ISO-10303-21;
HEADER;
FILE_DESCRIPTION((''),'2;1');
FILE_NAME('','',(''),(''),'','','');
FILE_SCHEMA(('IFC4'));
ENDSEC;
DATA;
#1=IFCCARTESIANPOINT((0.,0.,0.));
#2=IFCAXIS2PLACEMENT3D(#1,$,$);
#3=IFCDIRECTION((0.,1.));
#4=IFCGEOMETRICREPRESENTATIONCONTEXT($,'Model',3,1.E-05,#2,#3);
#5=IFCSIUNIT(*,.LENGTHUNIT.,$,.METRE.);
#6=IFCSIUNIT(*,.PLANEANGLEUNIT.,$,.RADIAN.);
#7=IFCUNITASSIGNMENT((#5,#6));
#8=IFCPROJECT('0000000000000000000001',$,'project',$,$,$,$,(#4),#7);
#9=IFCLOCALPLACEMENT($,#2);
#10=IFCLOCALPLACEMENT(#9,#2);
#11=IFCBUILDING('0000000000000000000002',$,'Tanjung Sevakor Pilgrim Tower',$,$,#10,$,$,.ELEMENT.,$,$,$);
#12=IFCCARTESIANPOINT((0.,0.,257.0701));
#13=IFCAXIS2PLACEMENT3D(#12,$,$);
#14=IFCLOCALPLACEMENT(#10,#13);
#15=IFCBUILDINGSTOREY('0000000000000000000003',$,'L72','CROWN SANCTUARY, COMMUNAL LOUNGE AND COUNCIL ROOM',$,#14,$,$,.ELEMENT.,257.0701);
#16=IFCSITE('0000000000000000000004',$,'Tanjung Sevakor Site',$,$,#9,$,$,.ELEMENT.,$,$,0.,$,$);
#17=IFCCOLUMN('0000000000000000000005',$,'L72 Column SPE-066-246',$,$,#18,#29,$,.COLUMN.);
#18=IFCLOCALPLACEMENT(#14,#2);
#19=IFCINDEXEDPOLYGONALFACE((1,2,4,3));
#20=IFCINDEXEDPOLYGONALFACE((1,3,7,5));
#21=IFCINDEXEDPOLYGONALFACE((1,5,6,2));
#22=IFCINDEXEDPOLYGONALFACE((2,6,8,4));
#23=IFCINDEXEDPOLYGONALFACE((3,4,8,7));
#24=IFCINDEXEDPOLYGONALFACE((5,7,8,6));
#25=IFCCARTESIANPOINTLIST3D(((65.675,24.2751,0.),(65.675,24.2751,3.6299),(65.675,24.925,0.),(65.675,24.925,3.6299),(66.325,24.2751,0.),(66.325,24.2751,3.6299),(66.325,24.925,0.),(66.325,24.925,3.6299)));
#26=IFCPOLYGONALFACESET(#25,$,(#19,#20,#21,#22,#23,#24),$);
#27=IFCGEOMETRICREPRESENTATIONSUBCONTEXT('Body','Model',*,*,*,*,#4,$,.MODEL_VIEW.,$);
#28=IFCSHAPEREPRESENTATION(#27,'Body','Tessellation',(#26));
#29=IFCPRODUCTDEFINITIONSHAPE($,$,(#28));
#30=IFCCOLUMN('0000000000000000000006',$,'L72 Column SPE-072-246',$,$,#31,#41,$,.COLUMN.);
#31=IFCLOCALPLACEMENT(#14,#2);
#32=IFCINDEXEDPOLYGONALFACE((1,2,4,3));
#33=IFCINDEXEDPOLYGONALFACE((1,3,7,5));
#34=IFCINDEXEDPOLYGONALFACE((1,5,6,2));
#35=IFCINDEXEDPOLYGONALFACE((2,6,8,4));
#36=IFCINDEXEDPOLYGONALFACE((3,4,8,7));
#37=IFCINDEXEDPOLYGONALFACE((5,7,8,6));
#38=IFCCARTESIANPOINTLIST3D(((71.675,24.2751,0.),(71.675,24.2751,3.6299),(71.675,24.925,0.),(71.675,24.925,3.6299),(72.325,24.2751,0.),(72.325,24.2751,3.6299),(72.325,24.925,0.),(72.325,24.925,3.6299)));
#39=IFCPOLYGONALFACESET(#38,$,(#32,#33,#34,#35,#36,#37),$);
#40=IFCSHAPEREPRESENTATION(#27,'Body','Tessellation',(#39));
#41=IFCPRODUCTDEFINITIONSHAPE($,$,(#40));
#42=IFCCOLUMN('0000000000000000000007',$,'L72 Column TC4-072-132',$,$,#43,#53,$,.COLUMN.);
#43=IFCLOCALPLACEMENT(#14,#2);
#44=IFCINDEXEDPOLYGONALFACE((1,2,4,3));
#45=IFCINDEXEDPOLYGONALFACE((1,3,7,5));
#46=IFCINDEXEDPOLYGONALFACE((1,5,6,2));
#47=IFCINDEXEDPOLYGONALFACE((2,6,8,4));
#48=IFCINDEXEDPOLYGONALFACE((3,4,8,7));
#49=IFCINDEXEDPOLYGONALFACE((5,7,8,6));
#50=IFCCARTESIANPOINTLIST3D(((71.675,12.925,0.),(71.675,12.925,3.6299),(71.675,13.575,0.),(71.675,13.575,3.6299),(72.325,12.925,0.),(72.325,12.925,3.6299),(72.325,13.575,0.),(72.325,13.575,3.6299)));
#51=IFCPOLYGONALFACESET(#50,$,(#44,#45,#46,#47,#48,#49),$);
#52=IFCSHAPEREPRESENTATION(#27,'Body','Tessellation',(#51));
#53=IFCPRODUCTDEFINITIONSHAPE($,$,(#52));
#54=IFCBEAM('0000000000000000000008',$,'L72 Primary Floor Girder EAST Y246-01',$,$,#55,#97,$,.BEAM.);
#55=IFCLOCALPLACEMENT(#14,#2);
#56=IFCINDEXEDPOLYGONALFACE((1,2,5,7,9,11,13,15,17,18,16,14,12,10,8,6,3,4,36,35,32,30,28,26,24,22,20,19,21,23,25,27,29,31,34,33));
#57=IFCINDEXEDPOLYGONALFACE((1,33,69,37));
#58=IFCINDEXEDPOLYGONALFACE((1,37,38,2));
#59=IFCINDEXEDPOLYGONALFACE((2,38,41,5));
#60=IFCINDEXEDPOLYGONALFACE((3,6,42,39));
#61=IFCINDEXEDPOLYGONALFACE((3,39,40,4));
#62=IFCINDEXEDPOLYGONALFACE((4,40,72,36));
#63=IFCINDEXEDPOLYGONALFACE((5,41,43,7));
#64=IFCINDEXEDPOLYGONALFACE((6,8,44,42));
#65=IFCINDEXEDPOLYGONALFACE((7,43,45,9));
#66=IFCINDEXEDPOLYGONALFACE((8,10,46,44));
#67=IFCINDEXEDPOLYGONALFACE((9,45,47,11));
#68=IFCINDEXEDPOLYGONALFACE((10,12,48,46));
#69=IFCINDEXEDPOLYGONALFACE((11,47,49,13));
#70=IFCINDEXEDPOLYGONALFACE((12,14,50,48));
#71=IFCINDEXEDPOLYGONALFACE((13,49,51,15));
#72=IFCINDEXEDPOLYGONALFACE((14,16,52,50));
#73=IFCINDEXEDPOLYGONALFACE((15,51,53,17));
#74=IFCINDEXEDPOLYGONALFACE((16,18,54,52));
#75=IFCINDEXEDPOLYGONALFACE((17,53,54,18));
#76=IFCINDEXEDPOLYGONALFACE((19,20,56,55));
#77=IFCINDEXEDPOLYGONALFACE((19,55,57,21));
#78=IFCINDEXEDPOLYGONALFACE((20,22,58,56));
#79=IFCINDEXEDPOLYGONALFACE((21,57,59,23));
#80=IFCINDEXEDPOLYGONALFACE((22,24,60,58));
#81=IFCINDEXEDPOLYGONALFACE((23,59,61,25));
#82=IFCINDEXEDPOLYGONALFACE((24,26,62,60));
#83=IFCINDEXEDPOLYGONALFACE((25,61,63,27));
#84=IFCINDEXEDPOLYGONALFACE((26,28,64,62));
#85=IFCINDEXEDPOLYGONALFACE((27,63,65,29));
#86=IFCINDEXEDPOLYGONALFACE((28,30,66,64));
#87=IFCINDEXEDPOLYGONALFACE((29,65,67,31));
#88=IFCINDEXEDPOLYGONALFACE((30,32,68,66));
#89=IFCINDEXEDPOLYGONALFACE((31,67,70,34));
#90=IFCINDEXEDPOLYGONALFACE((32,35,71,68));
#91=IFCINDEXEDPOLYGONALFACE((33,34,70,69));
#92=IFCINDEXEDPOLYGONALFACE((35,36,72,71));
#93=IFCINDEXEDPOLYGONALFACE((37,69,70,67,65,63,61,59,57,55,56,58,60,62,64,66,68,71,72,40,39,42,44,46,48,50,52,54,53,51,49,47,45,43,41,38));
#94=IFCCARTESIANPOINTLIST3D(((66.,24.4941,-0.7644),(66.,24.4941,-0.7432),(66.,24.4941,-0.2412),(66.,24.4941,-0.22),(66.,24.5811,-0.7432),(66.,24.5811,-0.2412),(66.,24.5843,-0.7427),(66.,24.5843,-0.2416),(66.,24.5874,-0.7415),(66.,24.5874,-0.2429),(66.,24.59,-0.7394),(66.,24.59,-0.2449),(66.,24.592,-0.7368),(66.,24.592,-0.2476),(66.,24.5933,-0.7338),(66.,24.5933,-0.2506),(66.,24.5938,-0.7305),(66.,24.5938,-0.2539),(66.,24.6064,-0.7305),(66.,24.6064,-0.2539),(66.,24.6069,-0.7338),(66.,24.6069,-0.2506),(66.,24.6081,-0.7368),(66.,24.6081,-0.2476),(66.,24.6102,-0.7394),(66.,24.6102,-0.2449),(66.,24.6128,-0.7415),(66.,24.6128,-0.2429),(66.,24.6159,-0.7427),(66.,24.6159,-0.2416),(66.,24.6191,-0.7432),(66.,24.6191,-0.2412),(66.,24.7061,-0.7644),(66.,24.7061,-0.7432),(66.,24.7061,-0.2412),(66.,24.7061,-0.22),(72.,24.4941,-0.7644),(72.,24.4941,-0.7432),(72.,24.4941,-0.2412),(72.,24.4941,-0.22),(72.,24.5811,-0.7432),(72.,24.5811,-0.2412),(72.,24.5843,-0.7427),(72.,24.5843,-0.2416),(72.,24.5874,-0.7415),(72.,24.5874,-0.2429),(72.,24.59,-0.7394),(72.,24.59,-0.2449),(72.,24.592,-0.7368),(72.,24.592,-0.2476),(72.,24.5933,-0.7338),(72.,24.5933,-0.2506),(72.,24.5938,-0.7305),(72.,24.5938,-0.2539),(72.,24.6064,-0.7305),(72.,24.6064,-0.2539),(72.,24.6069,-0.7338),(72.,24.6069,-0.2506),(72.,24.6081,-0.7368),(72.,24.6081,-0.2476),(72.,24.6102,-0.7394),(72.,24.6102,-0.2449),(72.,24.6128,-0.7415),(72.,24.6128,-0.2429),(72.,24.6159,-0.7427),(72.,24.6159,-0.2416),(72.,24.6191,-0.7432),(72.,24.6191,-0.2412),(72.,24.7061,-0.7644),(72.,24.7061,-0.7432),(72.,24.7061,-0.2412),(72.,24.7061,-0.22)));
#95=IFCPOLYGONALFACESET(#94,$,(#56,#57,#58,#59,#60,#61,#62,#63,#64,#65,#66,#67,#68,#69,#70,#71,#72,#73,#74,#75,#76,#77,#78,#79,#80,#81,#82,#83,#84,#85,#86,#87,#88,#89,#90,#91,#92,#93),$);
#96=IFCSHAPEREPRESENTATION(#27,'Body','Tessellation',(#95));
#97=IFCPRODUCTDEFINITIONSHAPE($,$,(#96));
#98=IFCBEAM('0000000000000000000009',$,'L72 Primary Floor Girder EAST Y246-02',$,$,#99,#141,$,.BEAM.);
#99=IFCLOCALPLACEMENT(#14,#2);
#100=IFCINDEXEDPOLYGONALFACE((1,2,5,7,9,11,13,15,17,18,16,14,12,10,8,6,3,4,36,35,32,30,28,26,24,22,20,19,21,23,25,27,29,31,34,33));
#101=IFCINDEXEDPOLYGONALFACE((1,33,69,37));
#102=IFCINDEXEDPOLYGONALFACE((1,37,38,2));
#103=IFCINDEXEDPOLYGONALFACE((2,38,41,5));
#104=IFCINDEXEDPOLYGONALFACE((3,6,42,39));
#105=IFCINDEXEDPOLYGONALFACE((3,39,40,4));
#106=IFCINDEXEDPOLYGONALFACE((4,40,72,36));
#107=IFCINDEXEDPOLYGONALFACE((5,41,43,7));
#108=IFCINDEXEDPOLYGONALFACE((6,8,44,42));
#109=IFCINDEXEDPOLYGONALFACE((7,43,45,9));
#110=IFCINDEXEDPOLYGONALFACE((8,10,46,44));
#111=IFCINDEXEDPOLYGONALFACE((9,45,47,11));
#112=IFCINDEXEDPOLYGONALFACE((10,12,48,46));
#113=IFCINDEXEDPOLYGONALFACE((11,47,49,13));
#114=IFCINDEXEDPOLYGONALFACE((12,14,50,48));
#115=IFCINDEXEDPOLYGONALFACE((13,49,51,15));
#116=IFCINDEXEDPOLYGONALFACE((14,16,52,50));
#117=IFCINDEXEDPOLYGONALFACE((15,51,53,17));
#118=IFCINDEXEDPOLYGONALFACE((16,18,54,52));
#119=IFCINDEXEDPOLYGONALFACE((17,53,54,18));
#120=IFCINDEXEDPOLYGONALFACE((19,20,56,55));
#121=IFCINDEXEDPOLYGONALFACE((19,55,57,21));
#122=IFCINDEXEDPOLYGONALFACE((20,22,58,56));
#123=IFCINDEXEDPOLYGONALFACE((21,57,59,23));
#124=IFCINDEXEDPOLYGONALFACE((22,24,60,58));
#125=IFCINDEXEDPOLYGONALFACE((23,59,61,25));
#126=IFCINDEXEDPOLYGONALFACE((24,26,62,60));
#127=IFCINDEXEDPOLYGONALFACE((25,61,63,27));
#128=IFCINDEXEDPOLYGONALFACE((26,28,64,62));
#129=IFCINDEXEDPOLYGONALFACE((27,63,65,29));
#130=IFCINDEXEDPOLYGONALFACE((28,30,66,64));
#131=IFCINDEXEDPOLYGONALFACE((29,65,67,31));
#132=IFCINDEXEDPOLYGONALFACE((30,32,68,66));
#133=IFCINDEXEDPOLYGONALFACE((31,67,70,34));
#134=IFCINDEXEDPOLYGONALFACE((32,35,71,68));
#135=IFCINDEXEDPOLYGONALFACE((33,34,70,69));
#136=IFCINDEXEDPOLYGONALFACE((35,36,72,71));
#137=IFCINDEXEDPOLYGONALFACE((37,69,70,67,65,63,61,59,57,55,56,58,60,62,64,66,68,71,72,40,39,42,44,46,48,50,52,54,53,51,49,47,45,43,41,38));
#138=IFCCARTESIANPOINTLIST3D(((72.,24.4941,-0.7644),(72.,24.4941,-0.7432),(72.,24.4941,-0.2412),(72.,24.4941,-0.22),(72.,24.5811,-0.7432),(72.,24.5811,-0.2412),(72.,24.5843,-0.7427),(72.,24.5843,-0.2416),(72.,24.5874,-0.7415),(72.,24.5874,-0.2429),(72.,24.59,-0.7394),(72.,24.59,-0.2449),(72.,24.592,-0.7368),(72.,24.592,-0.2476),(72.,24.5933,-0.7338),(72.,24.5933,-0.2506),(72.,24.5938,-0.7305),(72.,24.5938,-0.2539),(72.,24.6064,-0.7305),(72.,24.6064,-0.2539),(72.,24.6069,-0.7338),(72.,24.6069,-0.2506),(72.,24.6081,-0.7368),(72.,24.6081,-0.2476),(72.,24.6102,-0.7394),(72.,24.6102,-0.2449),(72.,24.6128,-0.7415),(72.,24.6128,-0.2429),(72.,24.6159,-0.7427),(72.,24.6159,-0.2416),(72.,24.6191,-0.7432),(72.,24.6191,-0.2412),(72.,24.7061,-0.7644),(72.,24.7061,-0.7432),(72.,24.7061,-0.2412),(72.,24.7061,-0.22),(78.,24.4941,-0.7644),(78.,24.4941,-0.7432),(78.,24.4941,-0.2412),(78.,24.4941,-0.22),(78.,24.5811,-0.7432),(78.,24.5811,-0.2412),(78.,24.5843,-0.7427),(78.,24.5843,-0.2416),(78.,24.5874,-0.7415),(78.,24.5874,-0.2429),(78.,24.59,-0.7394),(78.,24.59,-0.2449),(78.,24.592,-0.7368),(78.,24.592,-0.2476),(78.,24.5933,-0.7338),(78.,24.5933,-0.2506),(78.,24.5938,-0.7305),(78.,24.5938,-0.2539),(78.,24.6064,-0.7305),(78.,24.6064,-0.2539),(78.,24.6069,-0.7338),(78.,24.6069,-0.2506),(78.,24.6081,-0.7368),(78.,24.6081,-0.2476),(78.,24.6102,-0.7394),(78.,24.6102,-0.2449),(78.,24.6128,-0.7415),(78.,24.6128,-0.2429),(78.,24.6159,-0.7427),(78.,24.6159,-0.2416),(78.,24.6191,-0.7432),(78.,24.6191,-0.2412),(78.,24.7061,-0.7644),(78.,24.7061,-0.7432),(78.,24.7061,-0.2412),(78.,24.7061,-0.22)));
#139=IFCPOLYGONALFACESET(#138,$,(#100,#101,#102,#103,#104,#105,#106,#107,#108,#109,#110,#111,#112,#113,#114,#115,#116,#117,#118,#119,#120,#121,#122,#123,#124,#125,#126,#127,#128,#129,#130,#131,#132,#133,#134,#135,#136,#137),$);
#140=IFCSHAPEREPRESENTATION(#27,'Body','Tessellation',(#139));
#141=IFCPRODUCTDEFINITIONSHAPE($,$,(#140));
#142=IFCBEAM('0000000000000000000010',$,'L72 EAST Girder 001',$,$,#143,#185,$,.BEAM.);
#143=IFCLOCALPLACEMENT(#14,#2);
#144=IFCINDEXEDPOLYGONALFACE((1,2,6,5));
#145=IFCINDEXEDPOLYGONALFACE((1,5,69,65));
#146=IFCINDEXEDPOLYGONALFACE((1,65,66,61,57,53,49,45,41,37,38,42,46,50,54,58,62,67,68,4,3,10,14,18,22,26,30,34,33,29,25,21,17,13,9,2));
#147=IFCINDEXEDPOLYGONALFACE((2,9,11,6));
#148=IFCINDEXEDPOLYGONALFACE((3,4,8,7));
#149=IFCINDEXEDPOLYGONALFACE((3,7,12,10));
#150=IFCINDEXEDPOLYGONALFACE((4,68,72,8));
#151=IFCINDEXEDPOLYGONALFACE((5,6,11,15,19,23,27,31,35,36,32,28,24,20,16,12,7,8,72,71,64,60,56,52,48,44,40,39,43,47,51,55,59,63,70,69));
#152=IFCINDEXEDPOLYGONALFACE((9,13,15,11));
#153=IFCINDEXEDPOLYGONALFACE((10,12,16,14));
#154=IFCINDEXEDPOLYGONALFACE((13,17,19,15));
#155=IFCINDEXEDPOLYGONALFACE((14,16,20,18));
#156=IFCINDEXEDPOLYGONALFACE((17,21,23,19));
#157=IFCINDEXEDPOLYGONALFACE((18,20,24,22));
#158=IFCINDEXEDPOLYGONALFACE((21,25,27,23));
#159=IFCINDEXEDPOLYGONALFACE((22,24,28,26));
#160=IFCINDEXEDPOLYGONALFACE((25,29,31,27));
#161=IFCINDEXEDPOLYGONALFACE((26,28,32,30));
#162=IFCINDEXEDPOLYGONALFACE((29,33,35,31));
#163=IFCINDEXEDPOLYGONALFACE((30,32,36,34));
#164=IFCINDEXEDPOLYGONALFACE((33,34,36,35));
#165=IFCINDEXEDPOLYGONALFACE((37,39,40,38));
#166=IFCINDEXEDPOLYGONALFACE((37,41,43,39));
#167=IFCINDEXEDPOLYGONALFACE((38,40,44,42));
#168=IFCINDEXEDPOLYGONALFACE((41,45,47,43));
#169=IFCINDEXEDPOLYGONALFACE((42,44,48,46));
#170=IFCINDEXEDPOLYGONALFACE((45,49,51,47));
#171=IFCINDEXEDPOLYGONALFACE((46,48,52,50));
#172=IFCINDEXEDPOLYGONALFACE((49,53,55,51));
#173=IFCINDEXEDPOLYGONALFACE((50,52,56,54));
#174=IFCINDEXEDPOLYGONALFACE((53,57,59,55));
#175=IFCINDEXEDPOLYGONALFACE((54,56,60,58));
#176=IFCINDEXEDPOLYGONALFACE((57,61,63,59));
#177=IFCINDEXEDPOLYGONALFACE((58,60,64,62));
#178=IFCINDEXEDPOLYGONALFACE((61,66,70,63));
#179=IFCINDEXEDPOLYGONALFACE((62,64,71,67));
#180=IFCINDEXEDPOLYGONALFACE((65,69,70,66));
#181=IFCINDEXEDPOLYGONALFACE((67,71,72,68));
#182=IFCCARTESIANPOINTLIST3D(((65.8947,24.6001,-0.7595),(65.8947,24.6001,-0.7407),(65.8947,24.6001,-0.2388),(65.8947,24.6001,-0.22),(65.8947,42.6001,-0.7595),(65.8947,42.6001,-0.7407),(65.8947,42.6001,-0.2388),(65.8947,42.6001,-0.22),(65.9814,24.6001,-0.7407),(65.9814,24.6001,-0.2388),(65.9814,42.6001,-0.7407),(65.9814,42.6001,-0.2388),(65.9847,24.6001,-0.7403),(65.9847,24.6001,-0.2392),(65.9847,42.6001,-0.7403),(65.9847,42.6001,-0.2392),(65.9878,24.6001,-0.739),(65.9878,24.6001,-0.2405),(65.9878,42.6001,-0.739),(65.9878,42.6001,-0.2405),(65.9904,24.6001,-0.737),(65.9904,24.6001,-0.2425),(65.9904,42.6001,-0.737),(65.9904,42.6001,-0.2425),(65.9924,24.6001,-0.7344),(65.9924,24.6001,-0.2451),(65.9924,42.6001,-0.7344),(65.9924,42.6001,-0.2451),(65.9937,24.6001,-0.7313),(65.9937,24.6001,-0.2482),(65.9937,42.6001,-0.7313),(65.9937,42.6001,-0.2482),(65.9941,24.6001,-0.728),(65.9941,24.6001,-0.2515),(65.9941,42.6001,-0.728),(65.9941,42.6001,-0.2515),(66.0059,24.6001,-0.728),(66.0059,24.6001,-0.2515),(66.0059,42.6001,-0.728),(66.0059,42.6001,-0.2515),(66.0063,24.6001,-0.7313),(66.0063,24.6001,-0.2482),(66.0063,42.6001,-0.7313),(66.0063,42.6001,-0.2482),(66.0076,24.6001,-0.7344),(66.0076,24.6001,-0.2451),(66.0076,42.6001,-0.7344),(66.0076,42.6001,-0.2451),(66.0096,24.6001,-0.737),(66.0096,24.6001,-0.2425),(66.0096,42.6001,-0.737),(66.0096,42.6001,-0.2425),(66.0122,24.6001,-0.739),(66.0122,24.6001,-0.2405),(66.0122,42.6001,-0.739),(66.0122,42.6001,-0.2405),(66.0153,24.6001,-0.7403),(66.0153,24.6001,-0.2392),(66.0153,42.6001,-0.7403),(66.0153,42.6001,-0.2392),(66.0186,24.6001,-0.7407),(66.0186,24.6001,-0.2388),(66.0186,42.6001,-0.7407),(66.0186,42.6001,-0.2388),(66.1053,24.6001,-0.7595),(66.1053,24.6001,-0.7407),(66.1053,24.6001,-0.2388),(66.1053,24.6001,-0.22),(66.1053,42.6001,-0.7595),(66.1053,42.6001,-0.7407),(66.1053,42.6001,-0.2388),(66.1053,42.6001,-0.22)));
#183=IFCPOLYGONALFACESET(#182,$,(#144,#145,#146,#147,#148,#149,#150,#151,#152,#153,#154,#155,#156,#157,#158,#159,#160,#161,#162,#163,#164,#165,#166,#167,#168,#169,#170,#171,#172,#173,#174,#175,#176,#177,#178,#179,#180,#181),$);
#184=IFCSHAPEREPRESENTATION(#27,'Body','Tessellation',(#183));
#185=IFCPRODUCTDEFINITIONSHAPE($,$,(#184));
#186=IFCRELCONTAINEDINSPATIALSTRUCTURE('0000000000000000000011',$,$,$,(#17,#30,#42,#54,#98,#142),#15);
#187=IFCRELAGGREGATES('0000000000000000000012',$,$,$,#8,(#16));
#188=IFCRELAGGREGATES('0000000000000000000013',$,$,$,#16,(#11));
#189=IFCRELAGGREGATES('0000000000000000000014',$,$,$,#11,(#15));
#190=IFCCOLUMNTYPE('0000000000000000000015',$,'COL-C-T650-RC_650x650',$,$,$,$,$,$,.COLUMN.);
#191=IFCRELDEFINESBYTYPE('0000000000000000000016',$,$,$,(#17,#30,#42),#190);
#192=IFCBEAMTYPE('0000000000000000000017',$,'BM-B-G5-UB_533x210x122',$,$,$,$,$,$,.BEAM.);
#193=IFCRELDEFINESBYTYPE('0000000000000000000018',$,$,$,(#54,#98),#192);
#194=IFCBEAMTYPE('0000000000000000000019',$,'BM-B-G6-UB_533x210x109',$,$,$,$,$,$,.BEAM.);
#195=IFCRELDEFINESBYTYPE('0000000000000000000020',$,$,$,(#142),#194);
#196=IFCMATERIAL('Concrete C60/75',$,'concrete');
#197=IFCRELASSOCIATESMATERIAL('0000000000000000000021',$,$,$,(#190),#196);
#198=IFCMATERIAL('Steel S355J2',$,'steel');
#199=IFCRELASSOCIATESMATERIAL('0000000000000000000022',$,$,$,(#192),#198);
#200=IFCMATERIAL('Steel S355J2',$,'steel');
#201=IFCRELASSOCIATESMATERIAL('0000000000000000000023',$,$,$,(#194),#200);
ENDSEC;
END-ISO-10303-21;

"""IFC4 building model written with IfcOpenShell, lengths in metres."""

from ifc_helpers import new_model, si_unit, direction, frame, origin, origin_2d, place, context, subcontext, project, spatial, rectangle, i_section, extrude, material, material_profile, profile_set, type_object, element, save


model = new_model("IFC4")

# Units and contexts
model_context = context("Model", 3, precision=1e-05, world=origin(), true_north=direction((0.0, 1.0)))
body_context = subcontext(model_context, "Body", "Model", "MODEL_VIEW")
ifc_project = project(units=[si_unit("LENGTHUNIT", "METRE"), si_unit("PLANEANGLEUNIT", "RADIAN")], contexts=[model_context])

# Site, building, storey
site_placement = place(None, origin())
site = spatial("IfcSite", under=ifc_project, at=site_placement, Name="Tanjung Sevakor Site", CompositionType="ELEMENT", RefElevation=0.0)
building_placement = place(site_placement, origin())
building = spatial("IfcBuilding", under=site, at=building_placement, Name="Tanjung Sevakor Pilgrim Tower", CompositionType="ELEMENT")
storey_placement = place(building_placement, frame((0.0, 0.0, 257.0701)))
storey = spatial("IfcBuildingStorey", under=building, at=storey_placement, Name="L72", Description="CROWN SANCTUARY, COMMUNAL LOUNGE AND COUNCIL ROOM", CompositionType="ELEMENT", Elevation=257.0701)

# Columns
ifc_material_1 = material(Name="Concrete C60/75", Category="concrete")
ifc_material_profile_1 = material_profile(ifc_material_1, rectangle(XDim=0.6499, YDim=0.6499, at=origin_2d()))
ifc_profile_set_1 = profile_set([ifc_material_profile_1], Name="Concrete C60/75")
column_type = type_object("IfcColumnType", Name="COL-C-T650-RC_650x650", PredefinedType="COLUMN", material=ifc_profile_set_1)
for number, where, z_axis, x_axis, name in (
    (1, (66.0, 24.6001, 0.0), (0.0, 0.0, 1.0), (1.0, 0.0, 0.0), "L72 Column SPE-066-246"),
    (2, (72.0, 24.6001, 0.0), (0.0, 0.0, 1.0), (1.0, 0.0, 0.0), "L72 Column SPE-072-246"),
    (3, (72.0, 13.25, 0.0), (0.0, 0.0, 1.0), (1.0, 0.0, 0.0), "L72 Column TC4-072-132"),
):
    element("IfcColumn", number, at=place(storey_placement, frame(where, z_axis=z_axis, x_axis=x_axis)), inside=storey, type_object=column_type, Name=name, PredefinedType="COLUMN", context=body_context, shape_type="SweptSolid", body=[
        extrude(rectangle(XDim=0.6499, YDim=0.6499, at=origin_2d()), origin(), (0.0, 0.0, 1.0), 3.6299),
    ])

# Beams
ifc_material_2 = material(Name="Steel S355J2", Category="steel")
ifc_material_profile_2 = material_profile(ifc_material_2, i_section(OverallWidth=0.2119, OverallDepth=0.5444, WebThickness=0.0127, FlangeThickness=0.0212, FilletRadius=0.0127, at=origin_2d()))
ifc_profile_set_2 = profile_set([ifc_material_profile_2], Name="Steel S355J2")
beam_type_1 = type_object("IfcBeamType", Name="BM-B-G5-UB_533x210x122", PredefinedType="BEAM", material=ifc_profile_set_2)
for number, where, z_axis, x_axis, name in (
    (4, (66.0, 24.6001, -0.4922), (1.0, 0.0, 0.0), (0.0, 1.0, 0.0), "L72 Primary Floor Girder EAST Y246-01"),
    (5, (72.0, 24.6001, -0.4922), (1.0, 0.0, 0.0), (0.0, 1.0, 0.0), "L72 Primary Floor Girder EAST Y246-02"),
):
    element("IfcBeam", number, at=place(storey_placement, frame(where, z_axis=z_axis, x_axis=x_axis)), inside=storey, type_object=beam_type_1, Name=name, PredefinedType="BEAM", context=body_context, shape_type="SweptSolid", body=[
        extrude(i_section(OverallWidth=0.2119, OverallDepth=0.5444, WebThickness=0.0127, FlangeThickness=0.0212, FilletRadius=0.0127, at=origin_2d()), origin(), (0.0, 0.0, 1.0), 6.0),
    ])
ifc_material_3 = material(Name="Steel S355J2", Category="steel")
ifc_material_profile_3 = material_profile(ifc_material_3, i_section(OverallWidth=0.2107, OverallDepth=0.5396, WebThickness=0.0117, FlangeThickness=0.0188, FilletRadius=0.0127, at=origin_2d()))
ifc_profile_set_3 = profile_set([ifc_material_profile_3], Name="Steel S355J2")
beam_type_2 = type_object("IfcBeamType", Name="BM-B-G6-UB_533x210x109", PredefinedType="BEAM", material=ifc_profile_set_3)
beam_1_placement = place(storey_placement, frame((66.0, 24.6001, -0.4897), z_axis=(0.0, 1.0, 0.0), x_axis=(-1.0, 0.0, 0.0)))
element("IfcBeam", 6, at=beam_1_placement, inside=storey, type_object=beam_type_2, Name="L72 EAST Girder 001", PredefinedType="BEAM", context=body_context, shape_type="SweptSolid", body=[
    extrude(i_section(OverallWidth=0.2107, OverallDepth=0.5396, WebThickness=0.0117, FlangeThickness=0.0188, FilletRadius=0.0127, at=origin_2d()), origin(), (0.0, 0.0, 1.0), 18.0),
])

save(model, "model.ifc")
